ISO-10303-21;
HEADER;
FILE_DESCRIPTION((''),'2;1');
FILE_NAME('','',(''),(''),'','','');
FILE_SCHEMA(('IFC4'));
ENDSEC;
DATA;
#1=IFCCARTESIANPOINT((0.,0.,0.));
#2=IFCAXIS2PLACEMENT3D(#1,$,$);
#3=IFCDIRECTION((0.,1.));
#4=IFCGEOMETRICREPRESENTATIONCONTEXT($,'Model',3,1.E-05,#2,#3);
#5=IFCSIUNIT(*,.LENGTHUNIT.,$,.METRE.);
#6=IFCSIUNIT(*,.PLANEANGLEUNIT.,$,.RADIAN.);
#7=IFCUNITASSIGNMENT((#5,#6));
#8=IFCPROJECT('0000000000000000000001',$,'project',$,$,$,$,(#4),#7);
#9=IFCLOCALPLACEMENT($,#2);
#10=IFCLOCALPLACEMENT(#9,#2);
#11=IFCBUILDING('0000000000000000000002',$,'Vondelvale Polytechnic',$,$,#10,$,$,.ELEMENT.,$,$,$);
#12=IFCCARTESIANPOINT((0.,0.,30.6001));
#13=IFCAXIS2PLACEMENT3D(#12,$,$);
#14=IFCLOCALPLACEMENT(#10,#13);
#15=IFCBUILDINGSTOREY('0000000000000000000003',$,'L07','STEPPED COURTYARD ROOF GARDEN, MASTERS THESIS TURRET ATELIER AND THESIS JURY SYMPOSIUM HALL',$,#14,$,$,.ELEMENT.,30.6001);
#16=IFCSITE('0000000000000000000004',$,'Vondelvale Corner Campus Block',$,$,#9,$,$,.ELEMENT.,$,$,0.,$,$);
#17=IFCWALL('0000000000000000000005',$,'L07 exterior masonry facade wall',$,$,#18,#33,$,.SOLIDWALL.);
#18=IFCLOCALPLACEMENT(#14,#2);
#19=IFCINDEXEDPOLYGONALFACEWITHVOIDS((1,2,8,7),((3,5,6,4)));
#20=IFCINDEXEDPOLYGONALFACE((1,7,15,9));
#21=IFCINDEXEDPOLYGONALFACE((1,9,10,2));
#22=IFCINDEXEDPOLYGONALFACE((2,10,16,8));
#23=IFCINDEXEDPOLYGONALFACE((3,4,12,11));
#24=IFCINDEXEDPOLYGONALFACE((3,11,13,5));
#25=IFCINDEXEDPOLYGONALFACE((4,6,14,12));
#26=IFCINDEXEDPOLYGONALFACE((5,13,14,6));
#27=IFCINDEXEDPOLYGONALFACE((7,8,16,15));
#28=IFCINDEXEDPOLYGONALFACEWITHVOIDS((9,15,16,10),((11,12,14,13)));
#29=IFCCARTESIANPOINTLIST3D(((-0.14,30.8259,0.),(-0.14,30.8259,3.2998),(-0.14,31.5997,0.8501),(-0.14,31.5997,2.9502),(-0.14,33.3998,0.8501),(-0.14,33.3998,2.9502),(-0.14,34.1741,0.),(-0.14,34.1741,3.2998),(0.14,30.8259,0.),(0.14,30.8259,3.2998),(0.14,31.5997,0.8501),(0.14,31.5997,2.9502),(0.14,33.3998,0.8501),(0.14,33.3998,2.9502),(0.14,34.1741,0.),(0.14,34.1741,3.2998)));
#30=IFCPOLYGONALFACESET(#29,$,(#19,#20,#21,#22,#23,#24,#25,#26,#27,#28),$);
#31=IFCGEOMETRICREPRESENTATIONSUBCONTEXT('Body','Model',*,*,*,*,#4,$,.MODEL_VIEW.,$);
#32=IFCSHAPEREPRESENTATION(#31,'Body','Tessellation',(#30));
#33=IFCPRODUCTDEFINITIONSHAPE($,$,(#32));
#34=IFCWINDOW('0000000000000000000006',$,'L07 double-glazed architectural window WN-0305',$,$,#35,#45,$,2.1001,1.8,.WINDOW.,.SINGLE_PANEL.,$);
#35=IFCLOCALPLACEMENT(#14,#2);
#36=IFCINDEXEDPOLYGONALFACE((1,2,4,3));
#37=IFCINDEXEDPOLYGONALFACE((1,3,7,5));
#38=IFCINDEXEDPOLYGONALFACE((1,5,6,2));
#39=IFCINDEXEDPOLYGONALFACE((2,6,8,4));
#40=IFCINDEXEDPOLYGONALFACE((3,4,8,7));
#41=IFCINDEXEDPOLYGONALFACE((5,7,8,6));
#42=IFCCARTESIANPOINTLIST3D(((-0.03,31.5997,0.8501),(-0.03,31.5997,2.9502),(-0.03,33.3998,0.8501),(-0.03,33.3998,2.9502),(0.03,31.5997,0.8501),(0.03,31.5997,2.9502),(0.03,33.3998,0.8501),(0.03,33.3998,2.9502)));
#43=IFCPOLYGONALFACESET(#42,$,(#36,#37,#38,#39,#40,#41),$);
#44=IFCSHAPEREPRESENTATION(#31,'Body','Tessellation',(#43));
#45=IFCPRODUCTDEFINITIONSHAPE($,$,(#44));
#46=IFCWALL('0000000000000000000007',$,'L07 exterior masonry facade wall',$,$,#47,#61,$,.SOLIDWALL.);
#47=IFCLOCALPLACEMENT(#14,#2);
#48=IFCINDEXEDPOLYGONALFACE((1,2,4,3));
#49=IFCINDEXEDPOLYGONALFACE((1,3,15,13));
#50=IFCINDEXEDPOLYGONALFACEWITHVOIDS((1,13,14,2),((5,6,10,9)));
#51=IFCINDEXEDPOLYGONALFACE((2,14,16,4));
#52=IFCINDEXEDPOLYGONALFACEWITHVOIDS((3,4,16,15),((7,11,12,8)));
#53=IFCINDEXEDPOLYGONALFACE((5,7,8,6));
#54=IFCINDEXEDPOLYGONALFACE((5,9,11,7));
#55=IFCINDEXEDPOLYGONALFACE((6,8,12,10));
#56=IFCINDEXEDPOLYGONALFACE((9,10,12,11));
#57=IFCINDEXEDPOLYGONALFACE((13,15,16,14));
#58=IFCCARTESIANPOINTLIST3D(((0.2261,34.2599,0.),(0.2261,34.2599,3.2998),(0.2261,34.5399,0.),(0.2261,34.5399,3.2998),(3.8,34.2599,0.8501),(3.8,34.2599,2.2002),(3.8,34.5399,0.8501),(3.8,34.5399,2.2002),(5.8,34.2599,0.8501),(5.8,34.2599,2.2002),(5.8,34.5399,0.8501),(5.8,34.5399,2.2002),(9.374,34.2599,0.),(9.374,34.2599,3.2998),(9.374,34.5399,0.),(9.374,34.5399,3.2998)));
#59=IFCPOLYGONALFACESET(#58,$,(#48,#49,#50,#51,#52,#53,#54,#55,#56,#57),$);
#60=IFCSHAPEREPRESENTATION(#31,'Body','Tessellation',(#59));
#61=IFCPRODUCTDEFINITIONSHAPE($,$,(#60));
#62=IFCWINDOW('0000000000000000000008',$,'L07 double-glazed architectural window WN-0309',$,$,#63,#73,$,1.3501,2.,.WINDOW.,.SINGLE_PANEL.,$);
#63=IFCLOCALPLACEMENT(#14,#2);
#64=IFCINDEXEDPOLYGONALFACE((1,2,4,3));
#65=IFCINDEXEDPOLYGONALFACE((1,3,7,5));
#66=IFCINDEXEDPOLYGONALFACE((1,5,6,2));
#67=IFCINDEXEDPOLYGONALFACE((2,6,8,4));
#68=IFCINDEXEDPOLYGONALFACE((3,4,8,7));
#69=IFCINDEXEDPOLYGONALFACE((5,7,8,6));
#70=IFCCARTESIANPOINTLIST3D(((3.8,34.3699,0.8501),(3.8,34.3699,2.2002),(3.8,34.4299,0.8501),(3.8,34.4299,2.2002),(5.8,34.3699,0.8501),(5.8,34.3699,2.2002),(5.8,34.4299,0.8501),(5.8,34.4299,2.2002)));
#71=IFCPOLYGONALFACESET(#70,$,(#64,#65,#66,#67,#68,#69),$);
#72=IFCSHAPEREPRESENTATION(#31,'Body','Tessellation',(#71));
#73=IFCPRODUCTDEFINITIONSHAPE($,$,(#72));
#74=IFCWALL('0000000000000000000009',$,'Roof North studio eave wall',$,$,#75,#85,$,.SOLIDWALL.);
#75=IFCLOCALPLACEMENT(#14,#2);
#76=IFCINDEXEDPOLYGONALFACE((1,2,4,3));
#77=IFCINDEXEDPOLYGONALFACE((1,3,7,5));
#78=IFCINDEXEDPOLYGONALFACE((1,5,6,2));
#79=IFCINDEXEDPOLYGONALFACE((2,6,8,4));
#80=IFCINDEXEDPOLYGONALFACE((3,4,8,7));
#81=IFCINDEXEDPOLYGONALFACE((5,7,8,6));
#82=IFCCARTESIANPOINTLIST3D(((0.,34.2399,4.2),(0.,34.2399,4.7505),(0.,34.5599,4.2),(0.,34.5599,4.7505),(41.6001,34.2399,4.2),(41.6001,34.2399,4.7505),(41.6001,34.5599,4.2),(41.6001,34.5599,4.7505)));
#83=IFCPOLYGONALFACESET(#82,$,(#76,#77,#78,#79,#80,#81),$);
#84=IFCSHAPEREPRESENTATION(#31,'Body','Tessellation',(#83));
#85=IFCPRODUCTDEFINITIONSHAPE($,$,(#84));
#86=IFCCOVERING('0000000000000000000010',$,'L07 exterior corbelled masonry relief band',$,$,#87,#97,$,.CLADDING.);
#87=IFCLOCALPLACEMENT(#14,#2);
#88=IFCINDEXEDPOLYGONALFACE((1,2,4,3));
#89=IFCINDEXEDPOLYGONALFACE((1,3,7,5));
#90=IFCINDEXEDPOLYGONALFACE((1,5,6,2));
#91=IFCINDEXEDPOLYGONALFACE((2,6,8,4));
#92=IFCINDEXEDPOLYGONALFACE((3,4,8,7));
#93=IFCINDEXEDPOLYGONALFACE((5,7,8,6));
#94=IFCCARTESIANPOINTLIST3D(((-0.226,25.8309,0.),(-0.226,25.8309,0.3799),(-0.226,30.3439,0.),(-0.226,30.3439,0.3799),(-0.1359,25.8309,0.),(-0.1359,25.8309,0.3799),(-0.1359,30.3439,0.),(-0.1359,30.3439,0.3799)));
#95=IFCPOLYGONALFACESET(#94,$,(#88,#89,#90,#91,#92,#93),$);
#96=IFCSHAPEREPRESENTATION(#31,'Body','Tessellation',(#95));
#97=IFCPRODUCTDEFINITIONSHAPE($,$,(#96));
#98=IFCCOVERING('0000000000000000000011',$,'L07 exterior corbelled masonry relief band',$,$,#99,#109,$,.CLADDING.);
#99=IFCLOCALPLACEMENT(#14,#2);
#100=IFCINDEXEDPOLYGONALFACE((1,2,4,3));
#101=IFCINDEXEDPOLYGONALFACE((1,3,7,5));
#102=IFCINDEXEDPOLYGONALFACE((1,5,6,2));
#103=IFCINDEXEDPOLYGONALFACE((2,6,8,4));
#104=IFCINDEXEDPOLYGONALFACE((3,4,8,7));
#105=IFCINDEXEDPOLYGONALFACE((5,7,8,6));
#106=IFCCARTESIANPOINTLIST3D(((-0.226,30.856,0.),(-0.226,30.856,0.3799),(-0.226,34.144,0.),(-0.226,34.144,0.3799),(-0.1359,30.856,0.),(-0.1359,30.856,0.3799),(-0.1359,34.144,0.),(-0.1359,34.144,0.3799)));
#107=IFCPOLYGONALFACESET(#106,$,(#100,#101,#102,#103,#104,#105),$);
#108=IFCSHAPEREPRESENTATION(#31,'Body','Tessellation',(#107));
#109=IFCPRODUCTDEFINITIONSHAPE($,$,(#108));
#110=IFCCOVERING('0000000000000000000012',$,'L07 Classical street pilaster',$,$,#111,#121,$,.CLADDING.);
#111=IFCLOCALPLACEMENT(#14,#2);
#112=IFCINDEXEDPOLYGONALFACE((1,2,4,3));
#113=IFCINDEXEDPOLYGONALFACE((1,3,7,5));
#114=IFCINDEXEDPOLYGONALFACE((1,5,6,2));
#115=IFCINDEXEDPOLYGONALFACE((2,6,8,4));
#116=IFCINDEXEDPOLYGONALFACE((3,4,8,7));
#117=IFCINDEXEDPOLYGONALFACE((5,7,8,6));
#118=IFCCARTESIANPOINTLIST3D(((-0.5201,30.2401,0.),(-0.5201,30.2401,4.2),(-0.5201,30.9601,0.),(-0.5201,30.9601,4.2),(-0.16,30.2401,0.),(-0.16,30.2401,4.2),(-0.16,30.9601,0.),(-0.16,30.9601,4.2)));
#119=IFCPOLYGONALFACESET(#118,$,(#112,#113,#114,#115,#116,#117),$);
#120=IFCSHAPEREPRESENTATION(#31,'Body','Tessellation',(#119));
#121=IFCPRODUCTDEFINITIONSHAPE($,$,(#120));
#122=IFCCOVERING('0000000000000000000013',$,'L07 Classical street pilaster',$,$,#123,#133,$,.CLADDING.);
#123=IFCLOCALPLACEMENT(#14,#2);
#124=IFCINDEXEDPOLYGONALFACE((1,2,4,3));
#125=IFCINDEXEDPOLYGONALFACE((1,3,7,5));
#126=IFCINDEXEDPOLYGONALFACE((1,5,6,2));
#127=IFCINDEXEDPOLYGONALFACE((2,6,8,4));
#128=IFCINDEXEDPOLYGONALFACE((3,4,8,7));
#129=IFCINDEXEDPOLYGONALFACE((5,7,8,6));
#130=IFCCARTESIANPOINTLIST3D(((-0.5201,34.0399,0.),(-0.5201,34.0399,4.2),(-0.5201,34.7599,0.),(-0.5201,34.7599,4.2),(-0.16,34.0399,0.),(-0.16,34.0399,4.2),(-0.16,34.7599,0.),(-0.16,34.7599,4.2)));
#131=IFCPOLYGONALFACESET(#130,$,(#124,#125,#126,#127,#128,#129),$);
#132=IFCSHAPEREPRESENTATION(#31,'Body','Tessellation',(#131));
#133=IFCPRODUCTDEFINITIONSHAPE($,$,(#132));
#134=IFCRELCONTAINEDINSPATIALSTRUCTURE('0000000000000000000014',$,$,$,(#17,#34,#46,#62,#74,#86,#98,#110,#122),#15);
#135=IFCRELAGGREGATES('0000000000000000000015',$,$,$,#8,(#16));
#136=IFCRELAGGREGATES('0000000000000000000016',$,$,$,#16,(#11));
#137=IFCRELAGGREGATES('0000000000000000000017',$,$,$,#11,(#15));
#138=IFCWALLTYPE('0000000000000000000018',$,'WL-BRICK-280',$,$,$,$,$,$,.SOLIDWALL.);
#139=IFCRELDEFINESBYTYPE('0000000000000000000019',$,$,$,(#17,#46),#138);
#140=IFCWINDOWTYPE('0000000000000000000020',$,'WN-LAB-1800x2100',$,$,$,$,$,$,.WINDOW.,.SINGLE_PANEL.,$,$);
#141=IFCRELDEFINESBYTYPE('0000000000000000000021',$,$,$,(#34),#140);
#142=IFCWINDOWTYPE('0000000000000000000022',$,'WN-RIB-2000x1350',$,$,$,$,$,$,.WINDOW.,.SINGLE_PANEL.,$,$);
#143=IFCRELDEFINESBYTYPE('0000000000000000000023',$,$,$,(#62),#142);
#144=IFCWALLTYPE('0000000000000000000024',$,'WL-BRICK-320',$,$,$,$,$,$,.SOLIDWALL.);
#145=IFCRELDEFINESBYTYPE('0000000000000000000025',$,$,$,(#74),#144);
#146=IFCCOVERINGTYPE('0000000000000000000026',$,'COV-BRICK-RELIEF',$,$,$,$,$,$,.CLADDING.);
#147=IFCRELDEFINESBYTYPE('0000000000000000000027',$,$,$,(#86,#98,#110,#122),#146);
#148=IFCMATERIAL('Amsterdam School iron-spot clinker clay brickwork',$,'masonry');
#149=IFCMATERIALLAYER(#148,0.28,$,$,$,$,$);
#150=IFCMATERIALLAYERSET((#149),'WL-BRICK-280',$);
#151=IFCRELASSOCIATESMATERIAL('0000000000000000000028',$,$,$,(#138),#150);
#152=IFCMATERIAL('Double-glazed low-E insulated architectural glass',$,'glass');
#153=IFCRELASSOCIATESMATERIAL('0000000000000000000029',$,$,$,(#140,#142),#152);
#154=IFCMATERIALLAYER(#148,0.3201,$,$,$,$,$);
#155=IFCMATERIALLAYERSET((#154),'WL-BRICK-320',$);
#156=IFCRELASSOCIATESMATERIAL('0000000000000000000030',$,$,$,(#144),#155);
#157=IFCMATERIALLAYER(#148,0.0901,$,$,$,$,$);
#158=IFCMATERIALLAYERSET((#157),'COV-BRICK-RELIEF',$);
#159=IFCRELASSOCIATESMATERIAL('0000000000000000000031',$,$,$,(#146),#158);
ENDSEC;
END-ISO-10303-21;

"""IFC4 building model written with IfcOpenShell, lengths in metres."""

from ifc_helpers import new_model, si_unit, direction, frame, frame_2d, origin, origin_2d, place, context, subcontext, project, spatial, rectangle, extrude, material, layer, layer_set, type_object, element, fill, save


model = new_model("IFC4")

# Units and contexts
model_context = context("Model", 3, precision=1e-05, world=origin(), true_north=direction((0.0, 1.0)))
body_context = subcontext(model_context, "Body", "Model", "MODEL_VIEW")
ifc_project = project(units=[si_unit("LENGTHUNIT", "METRE"), si_unit("PLANEANGLEUNIT", "RADIAN")], contexts=[model_context])

# Site, building, storey
site_placement = place(None, origin())
site = spatial("IfcSite", under=ifc_project, at=site_placement, Name="Vondelvale Corner Campus Block", CompositionType="ELEMENT", RefElevation=0.0)
building_placement = place(site_placement, origin())
building = spatial("IfcBuilding", under=site, at=building_placement, Name="Vondelvale Polytechnic", CompositionType="ELEMENT")
storey_placement = place(building_placement, frame((0.0, 0.0, 30.6001)))
storey = spatial("IfcBuildingStorey", under=building, at=storey_placement, Name="L07", Description="STEPPED COURTYARD ROOF GARDEN, MASTERS THESIS TURRET ATELIER AND THESIS JURY SYMPOSIUM HALL", CompositionType="ELEMENT", Elevation=30.6001)

# Walls, openings, windows
ifc_material_1 = material(Name="Amsterdam School iron-spot clinker clay brickwork", Category="masonry")
ifc_layer_1 = layer(ifc_material_1, 0.28)
ifc_layer_set_1 = layer_set([ifc_layer_1], Name="WL-BRICK-280")
wall_type_1 = type_object("IfcWallType", Name="WL-BRICK-280", PredefinedType="SOLIDWALL", material=ifc_layer_set_1)
ifc_material_2 = material(Name="Double-glazed low-E insulated architectural glass", Category="glass")
window_type_1 = type_object("IfcWindowType", Name="WN-LAB-1800x2100", PartitioningType="SINGLE_PANEL", PredefinedType="WINDOW", material=ifc_material_2)
wall_1_placement = place(storey_placement, frame((0.0, 30.8259, 0.0), z_axis=(0.0, 0.0, 1.0), x_axis=(0.0, 1.0, 0.0)))
wall_1 = element("IfcWall", 1, at=wall_1_placement, inside=storey, type_object=wall_type_1, Name="L07 exterior masonry facade wall", PredefinedType="SOLIDWALL", context=body_context, shape_type="SweptSolid", body=[
    extrude(rectangle(XDim=3.3481, YDim=0.28, at=frame_2d((1.6741, 0.0))), origin(), (0.0, 0.0, 1.0), 3.2998),
])
opening_1_placement = place(wall_1_placement, frame((0.7739, 0.0, 0.8501)))
opening_1 = element("IfcOpeningElement", 2, at=opening_1_placement, cuts=wall_1, PredefinedType="OPENING", context=body_context, shape_type="SweptSolid", body=[
    extrude(rectangle(XDim=1.8, YDim=2.1001, at=frame_2d((0.8999, 1.05))), frame((0.0, 0.1499, 0.0), z_axis=(0.0, -1.0, 0.0), x_axis=(1.0, 0.0, 0.0)), (0.0, 0.0, 1.0), 0.3),
])
window_1_placement = place(opening_1_placement, origin())
window_1 = element("IfcWindow", 3, at=window_1_placement, inside=storey, type_object=window_type_1, Name="L07 double-glazed architectural window WN-0305", OverallHeight=2.1001, OverallWidth=1.8, PartitioningType="SINGLE_PANEL", PredefinedType="WINDOW", context=body_context, shape_type="SweptSolid", body=[
    extrude(rectangle(XDim=1.8, YDim=2.1001, at=frame_2d((0.8999, 1.05))), frame((0.0, 0.03, 0.0), z_axis=(0.0, -1.0, 0.0), x_axis=(1.0, 0.0, 0.0)), (0.0, 0.0, 1.0), 0.0601),
])
fill(opening_1, window_1)
wall_2_placement = place(storey_placement, frame((0.2261, 34.3999, 0.0), z_axis=(0.0, 0.0, 1.0), x_axis=(1.0, 0.0, 0.0)))
wall_2 = element("IfcWall", 4, at=wall_2_placement, inside=storey, type_object=wall_type_1, Name="L07 exterior masonry facade wall", PredefinedType="SOLIDWALL", context=body_context, shape_type="SweptSolid", body=[
    extrude(rectangle(XDim=9.1479, YDim=0.28, at=frame_2d((4.574, 0.0))), origin(), (0.0, 0.0, 1.0), 3.2998),
])
opening_2_placement = place(wall_2_placement, frame((3.574, 0.0, 0.8501)))
opening_2 = element("IfcOpeningElement", 5, at=opening_2_placement, cuts=wall_2, PredefinedType="OPENING", context=body_context, shape_type="SweptSolid", body=[
    extrude(rectangle(XDim=2.0, YDim=1.3501, at=frame_2d((1.0, 0.675))), frame((0.0, 0.1499, 0.0), z_axis=(0.0, -1.0, 0.0), x_axis=(1.0, 0.0, 0.0)), (0.0, 0.0, 1.0), 0.3),
])
window_type_2 = type_object("IfcWindowType", Name="WN-RIB-2000x1350", PartitioningType="SINGLE_PANEL", PredefinedType="WINDOW", material=ifc_material_2)
window_2_placement = place(opening_2_placement, origin())
window_2 = element("IfcWindow", 6, at=window_2_placement, inside=storey, type_object=window_type_2, Name="L07 double-glazed architectural window WN-0309", OverallHeight=1.3501, OverallWidth=2.0, PartitioningType="SINGLE_PANEL", PredefinedType="WINDOW", context=body_context, shape_type="SweptSolid", body=[
    extrude(rectangle(XDim=2.0, YDim=1.3501, at=frame_2d((1.0, 0.675))), frame((0.0, 0.03, 0.0), z_axis=(0.0, -1.0, 0.0), x_axis=(1.0, 0.0, 0.0)), (0.0, 0.0, 1.0), 0.0601),
])
fill(opening_2, window_2)

# Wall
ifc_layer_2 = layer(ifc_material_1, 0.3201)
ifc_layer_set_2 = layer_set([ifc_layer_2], Name="WL-BRICK-320")
wall_type_2 = type_object("IfcWallType", Name="WL-BRICK-320", PredefinedType="SOLIDWALL", material=ifc_layer_set_2)
wall_3_placement = place(storey_placement, frame((0.0, 34.3999, 4.2), z_axis=(0.0, 0.0, 1.0), x_axis=(1.0, 0.0, 0.0)))
element("IfcWall", 7, at=wall_3_placement, inside=storey, type_object=wall_type_2, Name="Roof North studio eave wall", PredefinedType="SOLIDWALL", context=body_context, shape_type="SweptSolid", body=[
    extrude(rectangle(XDim=41.6001, YDim=0.3201, at=frame_2d((20.8, 0.0))), origin(), (0.0, 0.0, 1.0), 0.5505),
])

# Coverings
ifc_layer_3 = layer(ifc_material_1, 0.0901)
ifc_layer_set_3 = layer_set([ifc_layer_3], Name="COV-BRICK-RELIEF")
covering_type = type_object("IfcCoveringType", Name="COV-BRICK-RELIEF", PredefinedType="CLADDING", material=ifc_layer_set_3)
covering_1_placement = place(storey_placement, frame((-0.1809, 28.0874, 0.0), z_axis=(0.0, 0.0, 1.0), x_axis=(0.0, 1.0, 0.0)))
element("IfcCovering", 8, at=covering_1_placement, inside=storey, type_object=covering_type, Name="L07 exterior corbelled masonry relief band", PredefinedType="CLADDING", context=body_context, shape_type="SweptSolid", body=[
    extrude(rectangle(XDim=4.5129, YDim=0.0901, at=origin_2d()), origin(), (0.0, 0.0, 1.0), 0.3799),
])
covering_2_placement = place(storey_placement, frame((-0.1809, 32.5, 0.0), z_axis=(0.0, 0.0, 1.0), x_axis=(0.0, 1.0, 0.0)))
element("IfcCovering", 9, at=covering_2_placement, inside=storey, type_object=covering_type, Name="L07 exterior corbelled masonry relief band", PredefinedType="CLADDING", context=body_context, shape_type="SweptSolid", body=[
    extrude(rectangle(XDim=3.2881, YDim=0.0901, at=origin_2d()), origin(), (0.0, 0.0, 1.0), 0.3799),
])
for number, where, z_axis, x_axis, name in (
    (10, (-0.3401, 30.6001, 0.0), (0.0, 0.0, 1.0), (1.0, 0.0, 0.0), "L07 Classical street pilaster"),
    (11, (-0.3401, 34.3999, 0.0), (0.0, 0.0, 1.0), (1.0, 0.0, 0.0), "L07 Classical street pilaster"),
):
    element("IfcCovering", number, at=place(storey_placement, frame(where, z_axis=z_axis, x_axis=x_axis)), inside=storey, type_object=covering_type, Name=name, PredefinedType="CLADDING", context=body_context, shape_type="SweptSolid", body=[
        extrude(rectangle(XDim=0.3601, YDim=0.72, at=origin_2d()), origin(), (0.0, 0.0, 1.0), 4.2),
    ])

save(model, "model.ifc")
